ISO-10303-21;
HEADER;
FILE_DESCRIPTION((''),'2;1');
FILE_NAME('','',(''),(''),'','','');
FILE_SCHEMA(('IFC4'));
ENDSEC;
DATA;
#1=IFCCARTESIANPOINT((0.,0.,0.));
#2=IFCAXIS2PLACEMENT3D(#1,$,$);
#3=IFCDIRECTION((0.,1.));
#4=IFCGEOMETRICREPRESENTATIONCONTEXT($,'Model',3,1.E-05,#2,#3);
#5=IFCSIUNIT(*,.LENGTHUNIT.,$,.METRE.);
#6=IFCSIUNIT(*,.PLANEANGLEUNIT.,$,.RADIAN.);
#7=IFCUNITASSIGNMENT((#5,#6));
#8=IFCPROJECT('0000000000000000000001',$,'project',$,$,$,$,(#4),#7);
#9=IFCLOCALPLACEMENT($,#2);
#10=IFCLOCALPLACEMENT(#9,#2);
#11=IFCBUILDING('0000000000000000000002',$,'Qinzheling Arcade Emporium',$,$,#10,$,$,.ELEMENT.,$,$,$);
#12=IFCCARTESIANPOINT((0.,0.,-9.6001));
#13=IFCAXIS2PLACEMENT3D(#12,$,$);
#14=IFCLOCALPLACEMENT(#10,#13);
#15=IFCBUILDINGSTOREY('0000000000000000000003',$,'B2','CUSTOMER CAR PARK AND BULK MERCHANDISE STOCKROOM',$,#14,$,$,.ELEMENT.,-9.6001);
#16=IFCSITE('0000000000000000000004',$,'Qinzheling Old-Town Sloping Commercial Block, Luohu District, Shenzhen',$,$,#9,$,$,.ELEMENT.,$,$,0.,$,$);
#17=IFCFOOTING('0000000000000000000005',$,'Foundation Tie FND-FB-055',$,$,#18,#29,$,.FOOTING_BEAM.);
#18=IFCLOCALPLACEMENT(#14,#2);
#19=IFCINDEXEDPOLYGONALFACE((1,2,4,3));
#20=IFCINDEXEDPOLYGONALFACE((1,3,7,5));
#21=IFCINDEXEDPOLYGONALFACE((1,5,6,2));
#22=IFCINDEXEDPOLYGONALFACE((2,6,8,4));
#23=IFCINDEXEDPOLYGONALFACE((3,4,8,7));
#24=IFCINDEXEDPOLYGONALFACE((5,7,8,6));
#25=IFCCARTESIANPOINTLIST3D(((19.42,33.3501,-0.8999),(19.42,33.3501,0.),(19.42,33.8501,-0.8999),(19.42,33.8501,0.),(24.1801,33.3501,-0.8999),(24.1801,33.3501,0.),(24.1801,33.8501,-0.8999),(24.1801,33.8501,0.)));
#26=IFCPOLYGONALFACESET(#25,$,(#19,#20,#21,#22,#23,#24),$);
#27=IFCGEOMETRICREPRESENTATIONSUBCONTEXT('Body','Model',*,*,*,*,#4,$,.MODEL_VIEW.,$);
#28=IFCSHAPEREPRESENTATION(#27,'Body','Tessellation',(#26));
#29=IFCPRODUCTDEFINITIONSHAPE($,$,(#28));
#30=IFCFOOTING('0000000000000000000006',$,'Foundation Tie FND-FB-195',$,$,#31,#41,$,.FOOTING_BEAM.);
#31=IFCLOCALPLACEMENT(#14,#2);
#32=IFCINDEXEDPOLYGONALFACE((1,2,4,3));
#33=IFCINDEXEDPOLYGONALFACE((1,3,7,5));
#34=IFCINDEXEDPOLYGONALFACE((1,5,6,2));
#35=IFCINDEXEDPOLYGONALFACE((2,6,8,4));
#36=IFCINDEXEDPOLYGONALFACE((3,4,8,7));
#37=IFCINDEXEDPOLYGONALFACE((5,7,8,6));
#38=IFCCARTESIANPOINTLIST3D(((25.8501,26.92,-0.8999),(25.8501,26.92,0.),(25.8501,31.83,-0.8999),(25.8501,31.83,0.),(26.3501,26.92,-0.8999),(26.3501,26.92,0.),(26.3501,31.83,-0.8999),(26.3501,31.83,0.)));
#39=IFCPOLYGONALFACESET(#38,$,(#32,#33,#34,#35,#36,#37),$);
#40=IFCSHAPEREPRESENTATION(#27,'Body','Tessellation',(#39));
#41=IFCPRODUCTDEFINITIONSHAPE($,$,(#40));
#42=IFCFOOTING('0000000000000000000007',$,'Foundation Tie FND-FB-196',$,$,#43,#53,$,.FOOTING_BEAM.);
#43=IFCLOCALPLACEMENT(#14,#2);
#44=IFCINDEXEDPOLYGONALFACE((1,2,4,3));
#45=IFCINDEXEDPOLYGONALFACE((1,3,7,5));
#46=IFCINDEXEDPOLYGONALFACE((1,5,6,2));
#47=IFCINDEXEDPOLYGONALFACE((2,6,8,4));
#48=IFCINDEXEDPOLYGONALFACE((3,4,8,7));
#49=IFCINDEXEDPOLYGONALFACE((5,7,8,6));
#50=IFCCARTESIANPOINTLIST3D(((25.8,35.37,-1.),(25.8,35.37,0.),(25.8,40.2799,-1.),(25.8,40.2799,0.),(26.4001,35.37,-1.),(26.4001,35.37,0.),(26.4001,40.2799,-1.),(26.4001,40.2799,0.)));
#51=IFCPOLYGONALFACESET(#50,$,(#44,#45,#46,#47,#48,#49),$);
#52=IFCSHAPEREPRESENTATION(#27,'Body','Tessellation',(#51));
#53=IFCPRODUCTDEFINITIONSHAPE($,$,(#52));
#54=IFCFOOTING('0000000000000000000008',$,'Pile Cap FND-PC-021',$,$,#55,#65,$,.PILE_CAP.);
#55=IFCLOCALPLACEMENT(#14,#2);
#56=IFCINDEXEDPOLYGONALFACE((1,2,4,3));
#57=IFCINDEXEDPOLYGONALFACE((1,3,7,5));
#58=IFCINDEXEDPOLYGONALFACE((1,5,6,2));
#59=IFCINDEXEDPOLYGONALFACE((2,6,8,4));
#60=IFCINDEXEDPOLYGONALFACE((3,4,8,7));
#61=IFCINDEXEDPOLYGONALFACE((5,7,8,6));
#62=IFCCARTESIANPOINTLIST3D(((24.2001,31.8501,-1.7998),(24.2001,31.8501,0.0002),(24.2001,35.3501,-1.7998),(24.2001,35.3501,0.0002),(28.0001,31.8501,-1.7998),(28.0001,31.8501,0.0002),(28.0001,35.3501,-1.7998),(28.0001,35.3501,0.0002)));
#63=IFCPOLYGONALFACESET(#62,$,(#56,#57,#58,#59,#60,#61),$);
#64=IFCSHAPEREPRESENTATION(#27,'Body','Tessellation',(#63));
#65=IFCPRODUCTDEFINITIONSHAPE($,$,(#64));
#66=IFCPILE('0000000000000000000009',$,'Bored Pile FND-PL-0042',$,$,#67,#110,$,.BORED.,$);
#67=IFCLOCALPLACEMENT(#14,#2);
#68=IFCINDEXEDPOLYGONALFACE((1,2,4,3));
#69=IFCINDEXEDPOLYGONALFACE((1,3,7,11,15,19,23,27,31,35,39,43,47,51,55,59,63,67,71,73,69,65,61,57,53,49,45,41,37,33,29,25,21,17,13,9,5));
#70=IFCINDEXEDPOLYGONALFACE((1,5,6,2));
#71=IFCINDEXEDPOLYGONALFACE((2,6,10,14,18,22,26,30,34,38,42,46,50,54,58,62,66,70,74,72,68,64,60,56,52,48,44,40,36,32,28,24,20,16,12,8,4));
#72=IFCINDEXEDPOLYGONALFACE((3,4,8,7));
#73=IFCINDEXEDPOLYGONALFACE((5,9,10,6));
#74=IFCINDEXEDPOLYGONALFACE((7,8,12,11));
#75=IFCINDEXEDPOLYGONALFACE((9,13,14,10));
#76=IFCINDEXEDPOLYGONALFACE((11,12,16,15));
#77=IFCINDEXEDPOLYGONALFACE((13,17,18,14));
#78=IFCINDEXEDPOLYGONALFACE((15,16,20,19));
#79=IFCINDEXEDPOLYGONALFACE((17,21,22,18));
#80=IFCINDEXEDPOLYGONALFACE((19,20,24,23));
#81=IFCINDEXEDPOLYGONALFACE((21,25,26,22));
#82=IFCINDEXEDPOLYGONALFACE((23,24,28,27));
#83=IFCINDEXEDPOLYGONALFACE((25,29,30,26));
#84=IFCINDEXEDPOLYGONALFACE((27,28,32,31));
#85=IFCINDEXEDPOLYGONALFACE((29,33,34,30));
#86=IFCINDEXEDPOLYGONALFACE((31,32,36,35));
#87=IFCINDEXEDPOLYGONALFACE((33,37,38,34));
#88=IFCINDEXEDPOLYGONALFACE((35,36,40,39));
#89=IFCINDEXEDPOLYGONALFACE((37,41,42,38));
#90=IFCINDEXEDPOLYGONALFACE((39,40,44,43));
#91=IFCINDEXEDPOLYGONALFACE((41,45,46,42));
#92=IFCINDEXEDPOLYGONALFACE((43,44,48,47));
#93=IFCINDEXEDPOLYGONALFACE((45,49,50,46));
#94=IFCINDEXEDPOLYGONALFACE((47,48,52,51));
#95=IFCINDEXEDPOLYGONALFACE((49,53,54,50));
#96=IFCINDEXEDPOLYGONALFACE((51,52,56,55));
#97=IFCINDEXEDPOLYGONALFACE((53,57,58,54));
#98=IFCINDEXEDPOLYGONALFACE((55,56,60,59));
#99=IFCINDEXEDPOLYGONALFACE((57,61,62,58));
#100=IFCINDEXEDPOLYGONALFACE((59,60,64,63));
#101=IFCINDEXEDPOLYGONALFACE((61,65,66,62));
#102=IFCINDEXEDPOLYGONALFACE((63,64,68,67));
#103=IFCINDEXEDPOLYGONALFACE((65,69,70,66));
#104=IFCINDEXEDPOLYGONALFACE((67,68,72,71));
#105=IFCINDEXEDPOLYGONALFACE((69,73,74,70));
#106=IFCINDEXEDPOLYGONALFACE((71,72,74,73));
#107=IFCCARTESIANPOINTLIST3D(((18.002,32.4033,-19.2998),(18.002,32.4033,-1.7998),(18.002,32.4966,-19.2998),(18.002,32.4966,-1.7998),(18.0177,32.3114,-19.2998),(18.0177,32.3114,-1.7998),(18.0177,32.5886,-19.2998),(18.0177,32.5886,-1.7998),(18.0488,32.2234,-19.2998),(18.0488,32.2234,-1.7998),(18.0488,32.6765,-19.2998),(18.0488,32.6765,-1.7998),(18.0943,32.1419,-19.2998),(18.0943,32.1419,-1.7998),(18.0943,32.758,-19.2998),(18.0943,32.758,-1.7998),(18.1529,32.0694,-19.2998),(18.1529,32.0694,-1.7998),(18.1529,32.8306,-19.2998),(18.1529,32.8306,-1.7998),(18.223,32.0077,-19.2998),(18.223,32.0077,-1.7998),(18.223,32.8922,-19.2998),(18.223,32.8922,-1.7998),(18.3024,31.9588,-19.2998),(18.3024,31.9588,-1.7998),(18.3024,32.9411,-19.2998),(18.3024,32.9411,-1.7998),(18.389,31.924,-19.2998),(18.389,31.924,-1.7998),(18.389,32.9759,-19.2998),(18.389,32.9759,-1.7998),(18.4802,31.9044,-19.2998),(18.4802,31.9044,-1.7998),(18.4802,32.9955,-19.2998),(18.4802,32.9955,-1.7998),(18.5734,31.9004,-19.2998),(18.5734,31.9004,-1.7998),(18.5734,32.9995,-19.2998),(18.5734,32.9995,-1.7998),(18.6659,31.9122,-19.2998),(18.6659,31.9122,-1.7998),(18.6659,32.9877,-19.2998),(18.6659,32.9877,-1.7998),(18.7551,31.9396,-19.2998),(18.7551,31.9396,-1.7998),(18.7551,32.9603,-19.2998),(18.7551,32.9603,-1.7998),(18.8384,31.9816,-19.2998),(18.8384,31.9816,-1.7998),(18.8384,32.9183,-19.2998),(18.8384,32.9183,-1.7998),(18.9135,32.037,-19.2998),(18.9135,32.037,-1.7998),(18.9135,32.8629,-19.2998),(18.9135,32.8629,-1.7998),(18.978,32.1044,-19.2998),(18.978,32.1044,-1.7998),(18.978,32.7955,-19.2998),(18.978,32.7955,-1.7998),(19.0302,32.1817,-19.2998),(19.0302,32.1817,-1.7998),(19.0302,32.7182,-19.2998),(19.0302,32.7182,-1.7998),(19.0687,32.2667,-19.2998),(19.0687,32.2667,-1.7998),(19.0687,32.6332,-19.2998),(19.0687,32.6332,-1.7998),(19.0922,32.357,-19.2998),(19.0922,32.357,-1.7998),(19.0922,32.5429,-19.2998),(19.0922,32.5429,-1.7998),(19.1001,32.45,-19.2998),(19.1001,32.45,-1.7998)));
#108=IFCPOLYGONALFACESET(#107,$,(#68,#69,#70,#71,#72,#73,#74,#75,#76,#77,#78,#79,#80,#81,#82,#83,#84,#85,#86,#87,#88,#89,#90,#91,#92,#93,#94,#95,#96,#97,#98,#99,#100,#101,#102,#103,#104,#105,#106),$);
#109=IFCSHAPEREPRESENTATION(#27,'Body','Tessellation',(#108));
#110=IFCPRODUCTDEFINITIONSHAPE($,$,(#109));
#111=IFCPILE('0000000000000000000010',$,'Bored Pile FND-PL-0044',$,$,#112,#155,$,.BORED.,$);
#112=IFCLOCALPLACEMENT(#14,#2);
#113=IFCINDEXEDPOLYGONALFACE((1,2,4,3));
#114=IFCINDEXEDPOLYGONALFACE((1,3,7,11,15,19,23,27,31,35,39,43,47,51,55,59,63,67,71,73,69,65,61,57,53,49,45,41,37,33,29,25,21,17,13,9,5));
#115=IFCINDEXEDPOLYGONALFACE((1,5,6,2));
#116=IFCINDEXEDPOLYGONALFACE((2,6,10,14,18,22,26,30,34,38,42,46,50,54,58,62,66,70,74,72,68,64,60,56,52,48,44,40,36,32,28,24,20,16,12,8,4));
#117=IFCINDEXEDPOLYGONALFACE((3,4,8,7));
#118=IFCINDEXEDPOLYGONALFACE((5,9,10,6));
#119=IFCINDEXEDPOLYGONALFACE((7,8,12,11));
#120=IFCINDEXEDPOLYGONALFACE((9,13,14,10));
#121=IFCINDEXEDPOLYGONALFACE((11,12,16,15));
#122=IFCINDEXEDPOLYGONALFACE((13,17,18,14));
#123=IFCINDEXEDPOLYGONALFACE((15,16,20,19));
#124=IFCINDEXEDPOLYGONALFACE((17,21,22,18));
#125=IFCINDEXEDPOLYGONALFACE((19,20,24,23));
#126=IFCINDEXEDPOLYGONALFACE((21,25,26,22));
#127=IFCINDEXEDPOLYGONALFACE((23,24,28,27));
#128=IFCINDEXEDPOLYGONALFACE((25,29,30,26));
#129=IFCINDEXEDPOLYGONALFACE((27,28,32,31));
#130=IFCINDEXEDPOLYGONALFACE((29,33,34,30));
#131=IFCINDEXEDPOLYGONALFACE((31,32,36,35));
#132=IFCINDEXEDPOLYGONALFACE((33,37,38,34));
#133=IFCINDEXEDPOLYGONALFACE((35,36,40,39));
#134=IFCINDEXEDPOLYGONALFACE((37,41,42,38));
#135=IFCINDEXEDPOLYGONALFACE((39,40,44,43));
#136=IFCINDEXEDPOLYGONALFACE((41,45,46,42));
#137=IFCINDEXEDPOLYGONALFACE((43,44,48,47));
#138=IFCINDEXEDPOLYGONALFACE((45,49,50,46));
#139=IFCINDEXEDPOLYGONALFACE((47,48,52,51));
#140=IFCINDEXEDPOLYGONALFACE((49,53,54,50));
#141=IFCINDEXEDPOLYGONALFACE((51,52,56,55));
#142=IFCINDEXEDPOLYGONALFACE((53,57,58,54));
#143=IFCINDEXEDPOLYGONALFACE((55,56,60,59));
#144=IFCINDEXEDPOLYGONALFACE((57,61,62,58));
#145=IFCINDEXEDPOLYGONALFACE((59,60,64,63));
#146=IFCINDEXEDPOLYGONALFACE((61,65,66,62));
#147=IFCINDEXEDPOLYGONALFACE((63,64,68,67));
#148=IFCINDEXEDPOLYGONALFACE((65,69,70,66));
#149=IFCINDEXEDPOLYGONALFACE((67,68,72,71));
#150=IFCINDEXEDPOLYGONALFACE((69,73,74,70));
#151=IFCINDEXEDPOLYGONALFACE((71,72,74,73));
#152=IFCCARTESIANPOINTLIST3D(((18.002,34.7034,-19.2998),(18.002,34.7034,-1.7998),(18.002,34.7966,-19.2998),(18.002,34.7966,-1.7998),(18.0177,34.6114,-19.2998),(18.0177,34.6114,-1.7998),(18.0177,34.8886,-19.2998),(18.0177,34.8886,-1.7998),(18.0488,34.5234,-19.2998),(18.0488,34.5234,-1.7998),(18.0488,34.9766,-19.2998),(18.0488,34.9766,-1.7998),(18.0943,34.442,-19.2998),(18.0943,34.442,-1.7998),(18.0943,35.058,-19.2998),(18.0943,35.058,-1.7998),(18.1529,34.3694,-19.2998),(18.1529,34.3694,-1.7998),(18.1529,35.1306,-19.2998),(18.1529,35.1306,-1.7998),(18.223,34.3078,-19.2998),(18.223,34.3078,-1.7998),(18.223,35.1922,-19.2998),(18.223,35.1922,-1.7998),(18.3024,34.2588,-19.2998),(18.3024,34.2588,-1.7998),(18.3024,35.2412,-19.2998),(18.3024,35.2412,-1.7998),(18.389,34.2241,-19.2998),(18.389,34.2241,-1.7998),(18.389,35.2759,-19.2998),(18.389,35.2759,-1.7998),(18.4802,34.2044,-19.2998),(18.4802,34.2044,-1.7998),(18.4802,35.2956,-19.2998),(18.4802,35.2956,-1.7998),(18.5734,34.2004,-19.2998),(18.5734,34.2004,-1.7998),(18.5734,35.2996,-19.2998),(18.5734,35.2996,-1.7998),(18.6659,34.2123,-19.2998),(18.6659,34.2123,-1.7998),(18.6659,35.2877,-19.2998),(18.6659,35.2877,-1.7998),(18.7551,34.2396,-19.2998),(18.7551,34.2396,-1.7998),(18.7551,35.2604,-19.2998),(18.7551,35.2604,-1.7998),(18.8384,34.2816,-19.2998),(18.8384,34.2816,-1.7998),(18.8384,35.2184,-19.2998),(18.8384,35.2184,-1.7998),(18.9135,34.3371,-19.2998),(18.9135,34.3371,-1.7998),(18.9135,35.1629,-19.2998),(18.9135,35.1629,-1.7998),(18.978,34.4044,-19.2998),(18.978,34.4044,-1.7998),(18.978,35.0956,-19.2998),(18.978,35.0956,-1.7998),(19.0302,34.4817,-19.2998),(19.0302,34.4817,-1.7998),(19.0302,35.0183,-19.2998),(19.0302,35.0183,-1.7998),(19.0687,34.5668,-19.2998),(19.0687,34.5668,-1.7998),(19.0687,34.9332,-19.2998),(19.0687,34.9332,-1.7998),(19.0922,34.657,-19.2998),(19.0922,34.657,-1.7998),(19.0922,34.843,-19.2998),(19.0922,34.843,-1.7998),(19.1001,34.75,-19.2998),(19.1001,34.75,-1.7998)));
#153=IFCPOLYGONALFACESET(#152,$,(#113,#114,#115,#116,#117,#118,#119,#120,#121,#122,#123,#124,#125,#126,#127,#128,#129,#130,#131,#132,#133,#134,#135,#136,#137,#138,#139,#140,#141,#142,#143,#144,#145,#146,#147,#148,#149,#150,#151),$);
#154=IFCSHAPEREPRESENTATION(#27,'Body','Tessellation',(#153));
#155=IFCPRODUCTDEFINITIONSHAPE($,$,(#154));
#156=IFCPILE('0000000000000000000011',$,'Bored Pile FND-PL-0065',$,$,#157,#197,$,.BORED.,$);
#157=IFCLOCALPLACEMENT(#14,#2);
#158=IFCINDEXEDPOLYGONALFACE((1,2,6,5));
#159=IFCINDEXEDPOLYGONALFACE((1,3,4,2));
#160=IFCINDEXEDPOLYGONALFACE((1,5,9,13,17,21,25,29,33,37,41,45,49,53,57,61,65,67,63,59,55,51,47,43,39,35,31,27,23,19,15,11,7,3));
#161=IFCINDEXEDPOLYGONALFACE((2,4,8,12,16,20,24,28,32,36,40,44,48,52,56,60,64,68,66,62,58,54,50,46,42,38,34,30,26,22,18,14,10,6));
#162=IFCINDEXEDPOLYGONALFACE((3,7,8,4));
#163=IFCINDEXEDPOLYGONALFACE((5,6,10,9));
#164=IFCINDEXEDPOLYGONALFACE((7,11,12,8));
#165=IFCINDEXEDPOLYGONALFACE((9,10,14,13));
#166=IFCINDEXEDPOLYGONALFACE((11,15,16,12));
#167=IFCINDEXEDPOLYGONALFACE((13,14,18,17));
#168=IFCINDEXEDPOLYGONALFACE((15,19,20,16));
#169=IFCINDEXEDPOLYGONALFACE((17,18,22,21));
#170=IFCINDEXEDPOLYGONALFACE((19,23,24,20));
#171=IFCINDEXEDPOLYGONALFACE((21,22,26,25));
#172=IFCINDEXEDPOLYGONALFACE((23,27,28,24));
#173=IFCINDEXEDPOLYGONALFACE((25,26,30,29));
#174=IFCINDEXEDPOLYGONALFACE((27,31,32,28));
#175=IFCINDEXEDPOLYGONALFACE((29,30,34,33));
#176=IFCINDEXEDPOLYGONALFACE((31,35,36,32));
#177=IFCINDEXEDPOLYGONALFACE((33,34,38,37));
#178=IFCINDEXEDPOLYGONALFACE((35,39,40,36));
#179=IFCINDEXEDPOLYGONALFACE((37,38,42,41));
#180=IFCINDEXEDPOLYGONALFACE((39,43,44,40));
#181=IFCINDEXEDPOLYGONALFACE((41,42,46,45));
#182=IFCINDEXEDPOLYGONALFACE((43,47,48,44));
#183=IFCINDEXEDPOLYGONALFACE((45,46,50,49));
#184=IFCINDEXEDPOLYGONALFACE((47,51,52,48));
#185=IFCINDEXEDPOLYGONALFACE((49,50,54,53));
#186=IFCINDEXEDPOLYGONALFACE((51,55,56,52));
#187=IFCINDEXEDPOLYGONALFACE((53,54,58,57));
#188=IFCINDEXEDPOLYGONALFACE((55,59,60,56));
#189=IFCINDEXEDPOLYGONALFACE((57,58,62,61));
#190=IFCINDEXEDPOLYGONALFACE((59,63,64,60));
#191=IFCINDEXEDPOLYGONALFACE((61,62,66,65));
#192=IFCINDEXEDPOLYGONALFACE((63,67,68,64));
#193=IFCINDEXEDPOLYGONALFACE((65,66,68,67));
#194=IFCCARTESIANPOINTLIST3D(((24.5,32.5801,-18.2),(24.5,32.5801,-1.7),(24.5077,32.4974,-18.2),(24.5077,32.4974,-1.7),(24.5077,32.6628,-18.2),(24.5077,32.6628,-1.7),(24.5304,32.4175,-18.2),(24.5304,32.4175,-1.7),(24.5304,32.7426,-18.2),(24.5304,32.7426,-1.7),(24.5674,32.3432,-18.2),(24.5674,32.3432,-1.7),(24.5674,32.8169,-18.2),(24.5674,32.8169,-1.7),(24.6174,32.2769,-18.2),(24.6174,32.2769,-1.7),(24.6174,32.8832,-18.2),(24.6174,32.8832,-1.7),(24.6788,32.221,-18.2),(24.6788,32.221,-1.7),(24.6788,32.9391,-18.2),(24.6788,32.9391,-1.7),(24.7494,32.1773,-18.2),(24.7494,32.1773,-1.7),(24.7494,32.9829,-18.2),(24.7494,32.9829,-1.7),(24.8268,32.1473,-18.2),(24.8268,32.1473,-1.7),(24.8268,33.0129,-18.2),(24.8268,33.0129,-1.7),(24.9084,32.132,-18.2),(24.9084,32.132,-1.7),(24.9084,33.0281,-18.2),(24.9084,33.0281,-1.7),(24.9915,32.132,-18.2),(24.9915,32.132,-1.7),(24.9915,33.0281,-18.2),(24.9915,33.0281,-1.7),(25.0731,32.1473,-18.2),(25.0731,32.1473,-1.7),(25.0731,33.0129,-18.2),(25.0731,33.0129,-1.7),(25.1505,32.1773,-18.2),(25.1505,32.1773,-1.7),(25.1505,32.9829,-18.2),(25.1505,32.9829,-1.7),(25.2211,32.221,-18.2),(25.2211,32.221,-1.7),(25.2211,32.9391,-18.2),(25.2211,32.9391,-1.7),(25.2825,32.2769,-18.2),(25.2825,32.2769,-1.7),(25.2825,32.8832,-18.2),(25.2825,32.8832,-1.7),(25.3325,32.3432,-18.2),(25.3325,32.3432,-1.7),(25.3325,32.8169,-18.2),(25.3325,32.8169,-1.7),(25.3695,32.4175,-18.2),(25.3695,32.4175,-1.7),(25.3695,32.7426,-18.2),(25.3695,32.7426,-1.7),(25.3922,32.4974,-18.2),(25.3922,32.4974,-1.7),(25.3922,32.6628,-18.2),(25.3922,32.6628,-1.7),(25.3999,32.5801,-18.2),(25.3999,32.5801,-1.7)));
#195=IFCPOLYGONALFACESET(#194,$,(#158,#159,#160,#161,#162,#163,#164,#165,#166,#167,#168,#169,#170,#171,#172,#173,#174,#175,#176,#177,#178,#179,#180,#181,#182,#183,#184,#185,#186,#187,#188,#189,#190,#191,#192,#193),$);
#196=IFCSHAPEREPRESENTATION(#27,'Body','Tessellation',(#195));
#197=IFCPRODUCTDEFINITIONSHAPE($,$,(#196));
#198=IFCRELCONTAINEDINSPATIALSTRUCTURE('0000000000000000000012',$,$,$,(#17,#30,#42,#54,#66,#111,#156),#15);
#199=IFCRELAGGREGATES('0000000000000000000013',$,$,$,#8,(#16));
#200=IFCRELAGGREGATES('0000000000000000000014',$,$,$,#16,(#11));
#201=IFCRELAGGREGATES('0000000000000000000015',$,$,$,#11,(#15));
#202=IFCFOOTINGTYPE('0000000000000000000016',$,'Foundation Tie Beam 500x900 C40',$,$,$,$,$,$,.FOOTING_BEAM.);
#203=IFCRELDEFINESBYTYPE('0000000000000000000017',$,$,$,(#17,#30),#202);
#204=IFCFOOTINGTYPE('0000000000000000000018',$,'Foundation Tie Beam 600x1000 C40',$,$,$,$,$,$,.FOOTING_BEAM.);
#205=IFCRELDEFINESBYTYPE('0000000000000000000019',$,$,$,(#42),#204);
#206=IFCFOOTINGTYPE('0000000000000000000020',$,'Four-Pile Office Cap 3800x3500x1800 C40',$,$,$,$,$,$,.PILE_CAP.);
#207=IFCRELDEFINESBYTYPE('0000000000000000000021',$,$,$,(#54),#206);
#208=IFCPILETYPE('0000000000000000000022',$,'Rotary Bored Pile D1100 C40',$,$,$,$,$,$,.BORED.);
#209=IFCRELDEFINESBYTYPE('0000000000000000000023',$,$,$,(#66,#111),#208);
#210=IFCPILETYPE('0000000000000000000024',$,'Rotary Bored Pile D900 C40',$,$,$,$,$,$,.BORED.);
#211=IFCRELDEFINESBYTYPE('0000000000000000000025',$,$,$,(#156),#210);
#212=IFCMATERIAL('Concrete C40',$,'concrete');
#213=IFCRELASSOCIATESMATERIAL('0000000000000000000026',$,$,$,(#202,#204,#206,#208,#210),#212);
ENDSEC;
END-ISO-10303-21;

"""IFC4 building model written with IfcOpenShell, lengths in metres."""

from ifc_helpers import new_model, si_unit, direction, frame, origin, origin_2d, place, context, subcontext, project, spatial, rectangle, circle, extrude, material, material_profile, profile_set, type_object, element, save


model = new_model("IFC4")

# Units and contexts
model_context = context("Model", 3, precision=1e-05, world=origin(), true_north=direction((0.0, 1.0)))
body_context = subcontext(model_context, "Body", "Model", "MODEL_VIEW")
ifc_project = project(units=[si_unit("LENGTHUNIT", "METRE"), si_unit("PLANEANGLEUNIT", "RADIAN")], contexts=[model_context])

# Site, building, storey
site_placement = place(None, origin())
site = spatial("IfcSite", under=ifc_project, at=site_placement, Name="Qinzheling Old-Town Sloping Commercial Block, Luohu District, Shenzhen", CompositionType="ELEMENT", RefElevation=0.0)
building_placement = place(site_placement, origin())
building = spatial("IfcBuilding", under=site, at=building_placement, Name="Qinzheling Arcade Emporium", CompositionType="ELEMENT")
storey_placement = place(building_placement, frame((0.0, 0.0, -9.6001)))
storey = spatial("IfcBuildingStorey", under=building, at=storey_placement, Name="B2", Description="CUSTOMER CAR PARK AND BULK MERCHANDISE STOCKROOM", CompositionType="ELEMENT", Elevation=-9.6001)

# Footings
ifc_material_1 = material(Name="Concrete C40", Category="concrete")
footing_type_1 = type_object("IfcFootingType", Name="Foundation Tie Beam 500x900 C40", PredefinedType="FOOTING_BEAM", material=ifc_material_1)
footing_1_placement = place(storey_placement, frame((21.8, 33.6001, -0.8999), z_axis=(0.0, 0.0, 1.0), x_axis=(1.0, 0.0, 0.0)))
element("IfcFooting", 1, at=footing_1_placement, inside=storey, type_object=footing_type_1, Name="Foundation Tie FND-FB-055", PredefinedType="FOOTING_BEAM", context=body_context, shape_type="SweptSolid", body=[
    extrude(rectangle(XDim=4.76, YDim=0.5, at=origin_2d()), origin(), (0.0, 0.0, 1.0), 0.8999),
])
footing_2_placement = place(storey_placement, frame((26.1001, 29.375, -0.8999), z_axis=(0.0, 0.0, 1.0), x_axis=(1.0, 0.0, 0.0)))
element("IfcFooting", 2, at=footing_2_placement, inside=storey, type_object=footing_type_1, Name="Foundation Tie FND-FB-195", PredefinedType="FOOTING_BEAM", context=body_context, shape_type="SweptSolid", body=[
    extrude(rectangle(XDim=0.5, YDim=4.9099, at=origin_2d()), origin(), (0.0, 0.0, 1.0), 0.8999),
])
footing_type_2 = type_object("IfcFootingType", Name="Foundation Tie Beam 600x1000 C40", PredefinedType="FOOTING_BEAM", material=ifc_material_1)
footing_3_placement = place(storey_placement, frame((26.1001, 37.825, -1.0), z_axis=(0.0, 0.0, 1.0), x_axis=(1.0, 0.0, 0.0)))
element("IfcFooting", 3, at=footing_3_placement, inside=storey, type_object=footing_type_2, Name="Foundation Tie FND-FB-196", PredefinedType="FOOTING_BEAM", context=body_context, shape_type="SweptSolid", body=[
    extrude(rectangle(XDim=0.6001, YDim=4.9099, at=origin_2d()), origin(), (0.0, 0.0, 1.0), 1.0),
])
footing_type_3 = type_object("IfcFootingType", Name="Four-Pile Office Cap 3800x3500x1800 C40", PredefinedType="PILE_CAP", material=ifc_material_1)
footing_4_placement = place(storey_placement, frame((26.1001, 33.6001, -1.7998), z_axis=(0.0, 0.0, 1.0), x_axis=(1.0, 0.0, 0.0)))
element("IfcFooting", 4, at=footing_4_placement, inside=storey, type_object=footing_type_3, Name="Pile Cap FND-PC-021", PredefinedType="PILE_CAP", context=body_context, shape_type="SweptSolid", body=[
    extrude(rectangle(XDim=3.8, YDim=3.5, at=origin_2d()), origin(), (0.0, 0.0, 1.0), 1.8),
])

# Piles
ifc_material_profile_1 = material_profile(ifc_material_1, circle(Radius=0.55, at=origin_2d()), Name="BORED D1100", Category="concrete")
ifc_profile_set_1 = profile_set([ifc_material_profile_1], Name="Concrete C40")
pile_type_1 = type_object("IfcPileType", Name="Rotary Bored Pile D1100 C40", PredefinedType="BORED", material=ifc_profile_set_1)
for number, where, z_axis, x_axis, name in (
    (5, (18.55, 32.45, -1.7998), (0.0, 0.0, -1.0), (1.0, 0.0, 0.0), "Bored Pile FND-PL-0042"),
    (6, (18.55, 34.75, -1.7998), (0.0, 0.0, -1.0), (1.0, 0.0, 0.0), "Bored Pile FND-PL-0044"),
):
    element("IfcPile", number, at=place(storey_placement, frame(where, z_axis=z_axis, x_axis=x_axis)), inside=storey, type_object=pile_type_1, Name=name, PredefinedType="BORED", context=body_context, shape_type="SweptSolid", body=[
        extrude(circle(Radius=0.55, at=origin_2d()), origin(), (0.0, 0.0, 1.0), 17.5),
    ])
ifc_material_profile_2 = material_profile(ifc_material_1, circle(Radius=0.45, at=origin_2d()), Name="BORED D900", Category="concrete")
ifc_profile_set_2 = profile_set([ifc_material_profile_2], Name="Concrete C40")
pile_type_2 = type_object("IfcPileType", Name="Rotary Bored Pile D900 C40", PredefinedType="BORED", material=ifc_profile_set_2)
for number, where, z_axis, x_axis, name in (
    (7, (24.95, 32.5801, -1.7), (0.0, 0.0, -1.0), (1.0, 0.0, 0.0), "Bored Pile FND-PL-0065"),
):
    element("IfcPile", number, at=place(storey_placement, frame(where, z_axis=z_axis, x_axis=x_axis)), inside=storey, type_object=pile_type_2, Name=name, PredefinedType="BORED", context=body_context, shape_type="SweptSolid", body=[
        extrude(circle(Radius=0.45, at=origin_2d()), origin(), (0.0, 0.0, 1.0), 16.5),
    ])

save(model, "model.ifc")
